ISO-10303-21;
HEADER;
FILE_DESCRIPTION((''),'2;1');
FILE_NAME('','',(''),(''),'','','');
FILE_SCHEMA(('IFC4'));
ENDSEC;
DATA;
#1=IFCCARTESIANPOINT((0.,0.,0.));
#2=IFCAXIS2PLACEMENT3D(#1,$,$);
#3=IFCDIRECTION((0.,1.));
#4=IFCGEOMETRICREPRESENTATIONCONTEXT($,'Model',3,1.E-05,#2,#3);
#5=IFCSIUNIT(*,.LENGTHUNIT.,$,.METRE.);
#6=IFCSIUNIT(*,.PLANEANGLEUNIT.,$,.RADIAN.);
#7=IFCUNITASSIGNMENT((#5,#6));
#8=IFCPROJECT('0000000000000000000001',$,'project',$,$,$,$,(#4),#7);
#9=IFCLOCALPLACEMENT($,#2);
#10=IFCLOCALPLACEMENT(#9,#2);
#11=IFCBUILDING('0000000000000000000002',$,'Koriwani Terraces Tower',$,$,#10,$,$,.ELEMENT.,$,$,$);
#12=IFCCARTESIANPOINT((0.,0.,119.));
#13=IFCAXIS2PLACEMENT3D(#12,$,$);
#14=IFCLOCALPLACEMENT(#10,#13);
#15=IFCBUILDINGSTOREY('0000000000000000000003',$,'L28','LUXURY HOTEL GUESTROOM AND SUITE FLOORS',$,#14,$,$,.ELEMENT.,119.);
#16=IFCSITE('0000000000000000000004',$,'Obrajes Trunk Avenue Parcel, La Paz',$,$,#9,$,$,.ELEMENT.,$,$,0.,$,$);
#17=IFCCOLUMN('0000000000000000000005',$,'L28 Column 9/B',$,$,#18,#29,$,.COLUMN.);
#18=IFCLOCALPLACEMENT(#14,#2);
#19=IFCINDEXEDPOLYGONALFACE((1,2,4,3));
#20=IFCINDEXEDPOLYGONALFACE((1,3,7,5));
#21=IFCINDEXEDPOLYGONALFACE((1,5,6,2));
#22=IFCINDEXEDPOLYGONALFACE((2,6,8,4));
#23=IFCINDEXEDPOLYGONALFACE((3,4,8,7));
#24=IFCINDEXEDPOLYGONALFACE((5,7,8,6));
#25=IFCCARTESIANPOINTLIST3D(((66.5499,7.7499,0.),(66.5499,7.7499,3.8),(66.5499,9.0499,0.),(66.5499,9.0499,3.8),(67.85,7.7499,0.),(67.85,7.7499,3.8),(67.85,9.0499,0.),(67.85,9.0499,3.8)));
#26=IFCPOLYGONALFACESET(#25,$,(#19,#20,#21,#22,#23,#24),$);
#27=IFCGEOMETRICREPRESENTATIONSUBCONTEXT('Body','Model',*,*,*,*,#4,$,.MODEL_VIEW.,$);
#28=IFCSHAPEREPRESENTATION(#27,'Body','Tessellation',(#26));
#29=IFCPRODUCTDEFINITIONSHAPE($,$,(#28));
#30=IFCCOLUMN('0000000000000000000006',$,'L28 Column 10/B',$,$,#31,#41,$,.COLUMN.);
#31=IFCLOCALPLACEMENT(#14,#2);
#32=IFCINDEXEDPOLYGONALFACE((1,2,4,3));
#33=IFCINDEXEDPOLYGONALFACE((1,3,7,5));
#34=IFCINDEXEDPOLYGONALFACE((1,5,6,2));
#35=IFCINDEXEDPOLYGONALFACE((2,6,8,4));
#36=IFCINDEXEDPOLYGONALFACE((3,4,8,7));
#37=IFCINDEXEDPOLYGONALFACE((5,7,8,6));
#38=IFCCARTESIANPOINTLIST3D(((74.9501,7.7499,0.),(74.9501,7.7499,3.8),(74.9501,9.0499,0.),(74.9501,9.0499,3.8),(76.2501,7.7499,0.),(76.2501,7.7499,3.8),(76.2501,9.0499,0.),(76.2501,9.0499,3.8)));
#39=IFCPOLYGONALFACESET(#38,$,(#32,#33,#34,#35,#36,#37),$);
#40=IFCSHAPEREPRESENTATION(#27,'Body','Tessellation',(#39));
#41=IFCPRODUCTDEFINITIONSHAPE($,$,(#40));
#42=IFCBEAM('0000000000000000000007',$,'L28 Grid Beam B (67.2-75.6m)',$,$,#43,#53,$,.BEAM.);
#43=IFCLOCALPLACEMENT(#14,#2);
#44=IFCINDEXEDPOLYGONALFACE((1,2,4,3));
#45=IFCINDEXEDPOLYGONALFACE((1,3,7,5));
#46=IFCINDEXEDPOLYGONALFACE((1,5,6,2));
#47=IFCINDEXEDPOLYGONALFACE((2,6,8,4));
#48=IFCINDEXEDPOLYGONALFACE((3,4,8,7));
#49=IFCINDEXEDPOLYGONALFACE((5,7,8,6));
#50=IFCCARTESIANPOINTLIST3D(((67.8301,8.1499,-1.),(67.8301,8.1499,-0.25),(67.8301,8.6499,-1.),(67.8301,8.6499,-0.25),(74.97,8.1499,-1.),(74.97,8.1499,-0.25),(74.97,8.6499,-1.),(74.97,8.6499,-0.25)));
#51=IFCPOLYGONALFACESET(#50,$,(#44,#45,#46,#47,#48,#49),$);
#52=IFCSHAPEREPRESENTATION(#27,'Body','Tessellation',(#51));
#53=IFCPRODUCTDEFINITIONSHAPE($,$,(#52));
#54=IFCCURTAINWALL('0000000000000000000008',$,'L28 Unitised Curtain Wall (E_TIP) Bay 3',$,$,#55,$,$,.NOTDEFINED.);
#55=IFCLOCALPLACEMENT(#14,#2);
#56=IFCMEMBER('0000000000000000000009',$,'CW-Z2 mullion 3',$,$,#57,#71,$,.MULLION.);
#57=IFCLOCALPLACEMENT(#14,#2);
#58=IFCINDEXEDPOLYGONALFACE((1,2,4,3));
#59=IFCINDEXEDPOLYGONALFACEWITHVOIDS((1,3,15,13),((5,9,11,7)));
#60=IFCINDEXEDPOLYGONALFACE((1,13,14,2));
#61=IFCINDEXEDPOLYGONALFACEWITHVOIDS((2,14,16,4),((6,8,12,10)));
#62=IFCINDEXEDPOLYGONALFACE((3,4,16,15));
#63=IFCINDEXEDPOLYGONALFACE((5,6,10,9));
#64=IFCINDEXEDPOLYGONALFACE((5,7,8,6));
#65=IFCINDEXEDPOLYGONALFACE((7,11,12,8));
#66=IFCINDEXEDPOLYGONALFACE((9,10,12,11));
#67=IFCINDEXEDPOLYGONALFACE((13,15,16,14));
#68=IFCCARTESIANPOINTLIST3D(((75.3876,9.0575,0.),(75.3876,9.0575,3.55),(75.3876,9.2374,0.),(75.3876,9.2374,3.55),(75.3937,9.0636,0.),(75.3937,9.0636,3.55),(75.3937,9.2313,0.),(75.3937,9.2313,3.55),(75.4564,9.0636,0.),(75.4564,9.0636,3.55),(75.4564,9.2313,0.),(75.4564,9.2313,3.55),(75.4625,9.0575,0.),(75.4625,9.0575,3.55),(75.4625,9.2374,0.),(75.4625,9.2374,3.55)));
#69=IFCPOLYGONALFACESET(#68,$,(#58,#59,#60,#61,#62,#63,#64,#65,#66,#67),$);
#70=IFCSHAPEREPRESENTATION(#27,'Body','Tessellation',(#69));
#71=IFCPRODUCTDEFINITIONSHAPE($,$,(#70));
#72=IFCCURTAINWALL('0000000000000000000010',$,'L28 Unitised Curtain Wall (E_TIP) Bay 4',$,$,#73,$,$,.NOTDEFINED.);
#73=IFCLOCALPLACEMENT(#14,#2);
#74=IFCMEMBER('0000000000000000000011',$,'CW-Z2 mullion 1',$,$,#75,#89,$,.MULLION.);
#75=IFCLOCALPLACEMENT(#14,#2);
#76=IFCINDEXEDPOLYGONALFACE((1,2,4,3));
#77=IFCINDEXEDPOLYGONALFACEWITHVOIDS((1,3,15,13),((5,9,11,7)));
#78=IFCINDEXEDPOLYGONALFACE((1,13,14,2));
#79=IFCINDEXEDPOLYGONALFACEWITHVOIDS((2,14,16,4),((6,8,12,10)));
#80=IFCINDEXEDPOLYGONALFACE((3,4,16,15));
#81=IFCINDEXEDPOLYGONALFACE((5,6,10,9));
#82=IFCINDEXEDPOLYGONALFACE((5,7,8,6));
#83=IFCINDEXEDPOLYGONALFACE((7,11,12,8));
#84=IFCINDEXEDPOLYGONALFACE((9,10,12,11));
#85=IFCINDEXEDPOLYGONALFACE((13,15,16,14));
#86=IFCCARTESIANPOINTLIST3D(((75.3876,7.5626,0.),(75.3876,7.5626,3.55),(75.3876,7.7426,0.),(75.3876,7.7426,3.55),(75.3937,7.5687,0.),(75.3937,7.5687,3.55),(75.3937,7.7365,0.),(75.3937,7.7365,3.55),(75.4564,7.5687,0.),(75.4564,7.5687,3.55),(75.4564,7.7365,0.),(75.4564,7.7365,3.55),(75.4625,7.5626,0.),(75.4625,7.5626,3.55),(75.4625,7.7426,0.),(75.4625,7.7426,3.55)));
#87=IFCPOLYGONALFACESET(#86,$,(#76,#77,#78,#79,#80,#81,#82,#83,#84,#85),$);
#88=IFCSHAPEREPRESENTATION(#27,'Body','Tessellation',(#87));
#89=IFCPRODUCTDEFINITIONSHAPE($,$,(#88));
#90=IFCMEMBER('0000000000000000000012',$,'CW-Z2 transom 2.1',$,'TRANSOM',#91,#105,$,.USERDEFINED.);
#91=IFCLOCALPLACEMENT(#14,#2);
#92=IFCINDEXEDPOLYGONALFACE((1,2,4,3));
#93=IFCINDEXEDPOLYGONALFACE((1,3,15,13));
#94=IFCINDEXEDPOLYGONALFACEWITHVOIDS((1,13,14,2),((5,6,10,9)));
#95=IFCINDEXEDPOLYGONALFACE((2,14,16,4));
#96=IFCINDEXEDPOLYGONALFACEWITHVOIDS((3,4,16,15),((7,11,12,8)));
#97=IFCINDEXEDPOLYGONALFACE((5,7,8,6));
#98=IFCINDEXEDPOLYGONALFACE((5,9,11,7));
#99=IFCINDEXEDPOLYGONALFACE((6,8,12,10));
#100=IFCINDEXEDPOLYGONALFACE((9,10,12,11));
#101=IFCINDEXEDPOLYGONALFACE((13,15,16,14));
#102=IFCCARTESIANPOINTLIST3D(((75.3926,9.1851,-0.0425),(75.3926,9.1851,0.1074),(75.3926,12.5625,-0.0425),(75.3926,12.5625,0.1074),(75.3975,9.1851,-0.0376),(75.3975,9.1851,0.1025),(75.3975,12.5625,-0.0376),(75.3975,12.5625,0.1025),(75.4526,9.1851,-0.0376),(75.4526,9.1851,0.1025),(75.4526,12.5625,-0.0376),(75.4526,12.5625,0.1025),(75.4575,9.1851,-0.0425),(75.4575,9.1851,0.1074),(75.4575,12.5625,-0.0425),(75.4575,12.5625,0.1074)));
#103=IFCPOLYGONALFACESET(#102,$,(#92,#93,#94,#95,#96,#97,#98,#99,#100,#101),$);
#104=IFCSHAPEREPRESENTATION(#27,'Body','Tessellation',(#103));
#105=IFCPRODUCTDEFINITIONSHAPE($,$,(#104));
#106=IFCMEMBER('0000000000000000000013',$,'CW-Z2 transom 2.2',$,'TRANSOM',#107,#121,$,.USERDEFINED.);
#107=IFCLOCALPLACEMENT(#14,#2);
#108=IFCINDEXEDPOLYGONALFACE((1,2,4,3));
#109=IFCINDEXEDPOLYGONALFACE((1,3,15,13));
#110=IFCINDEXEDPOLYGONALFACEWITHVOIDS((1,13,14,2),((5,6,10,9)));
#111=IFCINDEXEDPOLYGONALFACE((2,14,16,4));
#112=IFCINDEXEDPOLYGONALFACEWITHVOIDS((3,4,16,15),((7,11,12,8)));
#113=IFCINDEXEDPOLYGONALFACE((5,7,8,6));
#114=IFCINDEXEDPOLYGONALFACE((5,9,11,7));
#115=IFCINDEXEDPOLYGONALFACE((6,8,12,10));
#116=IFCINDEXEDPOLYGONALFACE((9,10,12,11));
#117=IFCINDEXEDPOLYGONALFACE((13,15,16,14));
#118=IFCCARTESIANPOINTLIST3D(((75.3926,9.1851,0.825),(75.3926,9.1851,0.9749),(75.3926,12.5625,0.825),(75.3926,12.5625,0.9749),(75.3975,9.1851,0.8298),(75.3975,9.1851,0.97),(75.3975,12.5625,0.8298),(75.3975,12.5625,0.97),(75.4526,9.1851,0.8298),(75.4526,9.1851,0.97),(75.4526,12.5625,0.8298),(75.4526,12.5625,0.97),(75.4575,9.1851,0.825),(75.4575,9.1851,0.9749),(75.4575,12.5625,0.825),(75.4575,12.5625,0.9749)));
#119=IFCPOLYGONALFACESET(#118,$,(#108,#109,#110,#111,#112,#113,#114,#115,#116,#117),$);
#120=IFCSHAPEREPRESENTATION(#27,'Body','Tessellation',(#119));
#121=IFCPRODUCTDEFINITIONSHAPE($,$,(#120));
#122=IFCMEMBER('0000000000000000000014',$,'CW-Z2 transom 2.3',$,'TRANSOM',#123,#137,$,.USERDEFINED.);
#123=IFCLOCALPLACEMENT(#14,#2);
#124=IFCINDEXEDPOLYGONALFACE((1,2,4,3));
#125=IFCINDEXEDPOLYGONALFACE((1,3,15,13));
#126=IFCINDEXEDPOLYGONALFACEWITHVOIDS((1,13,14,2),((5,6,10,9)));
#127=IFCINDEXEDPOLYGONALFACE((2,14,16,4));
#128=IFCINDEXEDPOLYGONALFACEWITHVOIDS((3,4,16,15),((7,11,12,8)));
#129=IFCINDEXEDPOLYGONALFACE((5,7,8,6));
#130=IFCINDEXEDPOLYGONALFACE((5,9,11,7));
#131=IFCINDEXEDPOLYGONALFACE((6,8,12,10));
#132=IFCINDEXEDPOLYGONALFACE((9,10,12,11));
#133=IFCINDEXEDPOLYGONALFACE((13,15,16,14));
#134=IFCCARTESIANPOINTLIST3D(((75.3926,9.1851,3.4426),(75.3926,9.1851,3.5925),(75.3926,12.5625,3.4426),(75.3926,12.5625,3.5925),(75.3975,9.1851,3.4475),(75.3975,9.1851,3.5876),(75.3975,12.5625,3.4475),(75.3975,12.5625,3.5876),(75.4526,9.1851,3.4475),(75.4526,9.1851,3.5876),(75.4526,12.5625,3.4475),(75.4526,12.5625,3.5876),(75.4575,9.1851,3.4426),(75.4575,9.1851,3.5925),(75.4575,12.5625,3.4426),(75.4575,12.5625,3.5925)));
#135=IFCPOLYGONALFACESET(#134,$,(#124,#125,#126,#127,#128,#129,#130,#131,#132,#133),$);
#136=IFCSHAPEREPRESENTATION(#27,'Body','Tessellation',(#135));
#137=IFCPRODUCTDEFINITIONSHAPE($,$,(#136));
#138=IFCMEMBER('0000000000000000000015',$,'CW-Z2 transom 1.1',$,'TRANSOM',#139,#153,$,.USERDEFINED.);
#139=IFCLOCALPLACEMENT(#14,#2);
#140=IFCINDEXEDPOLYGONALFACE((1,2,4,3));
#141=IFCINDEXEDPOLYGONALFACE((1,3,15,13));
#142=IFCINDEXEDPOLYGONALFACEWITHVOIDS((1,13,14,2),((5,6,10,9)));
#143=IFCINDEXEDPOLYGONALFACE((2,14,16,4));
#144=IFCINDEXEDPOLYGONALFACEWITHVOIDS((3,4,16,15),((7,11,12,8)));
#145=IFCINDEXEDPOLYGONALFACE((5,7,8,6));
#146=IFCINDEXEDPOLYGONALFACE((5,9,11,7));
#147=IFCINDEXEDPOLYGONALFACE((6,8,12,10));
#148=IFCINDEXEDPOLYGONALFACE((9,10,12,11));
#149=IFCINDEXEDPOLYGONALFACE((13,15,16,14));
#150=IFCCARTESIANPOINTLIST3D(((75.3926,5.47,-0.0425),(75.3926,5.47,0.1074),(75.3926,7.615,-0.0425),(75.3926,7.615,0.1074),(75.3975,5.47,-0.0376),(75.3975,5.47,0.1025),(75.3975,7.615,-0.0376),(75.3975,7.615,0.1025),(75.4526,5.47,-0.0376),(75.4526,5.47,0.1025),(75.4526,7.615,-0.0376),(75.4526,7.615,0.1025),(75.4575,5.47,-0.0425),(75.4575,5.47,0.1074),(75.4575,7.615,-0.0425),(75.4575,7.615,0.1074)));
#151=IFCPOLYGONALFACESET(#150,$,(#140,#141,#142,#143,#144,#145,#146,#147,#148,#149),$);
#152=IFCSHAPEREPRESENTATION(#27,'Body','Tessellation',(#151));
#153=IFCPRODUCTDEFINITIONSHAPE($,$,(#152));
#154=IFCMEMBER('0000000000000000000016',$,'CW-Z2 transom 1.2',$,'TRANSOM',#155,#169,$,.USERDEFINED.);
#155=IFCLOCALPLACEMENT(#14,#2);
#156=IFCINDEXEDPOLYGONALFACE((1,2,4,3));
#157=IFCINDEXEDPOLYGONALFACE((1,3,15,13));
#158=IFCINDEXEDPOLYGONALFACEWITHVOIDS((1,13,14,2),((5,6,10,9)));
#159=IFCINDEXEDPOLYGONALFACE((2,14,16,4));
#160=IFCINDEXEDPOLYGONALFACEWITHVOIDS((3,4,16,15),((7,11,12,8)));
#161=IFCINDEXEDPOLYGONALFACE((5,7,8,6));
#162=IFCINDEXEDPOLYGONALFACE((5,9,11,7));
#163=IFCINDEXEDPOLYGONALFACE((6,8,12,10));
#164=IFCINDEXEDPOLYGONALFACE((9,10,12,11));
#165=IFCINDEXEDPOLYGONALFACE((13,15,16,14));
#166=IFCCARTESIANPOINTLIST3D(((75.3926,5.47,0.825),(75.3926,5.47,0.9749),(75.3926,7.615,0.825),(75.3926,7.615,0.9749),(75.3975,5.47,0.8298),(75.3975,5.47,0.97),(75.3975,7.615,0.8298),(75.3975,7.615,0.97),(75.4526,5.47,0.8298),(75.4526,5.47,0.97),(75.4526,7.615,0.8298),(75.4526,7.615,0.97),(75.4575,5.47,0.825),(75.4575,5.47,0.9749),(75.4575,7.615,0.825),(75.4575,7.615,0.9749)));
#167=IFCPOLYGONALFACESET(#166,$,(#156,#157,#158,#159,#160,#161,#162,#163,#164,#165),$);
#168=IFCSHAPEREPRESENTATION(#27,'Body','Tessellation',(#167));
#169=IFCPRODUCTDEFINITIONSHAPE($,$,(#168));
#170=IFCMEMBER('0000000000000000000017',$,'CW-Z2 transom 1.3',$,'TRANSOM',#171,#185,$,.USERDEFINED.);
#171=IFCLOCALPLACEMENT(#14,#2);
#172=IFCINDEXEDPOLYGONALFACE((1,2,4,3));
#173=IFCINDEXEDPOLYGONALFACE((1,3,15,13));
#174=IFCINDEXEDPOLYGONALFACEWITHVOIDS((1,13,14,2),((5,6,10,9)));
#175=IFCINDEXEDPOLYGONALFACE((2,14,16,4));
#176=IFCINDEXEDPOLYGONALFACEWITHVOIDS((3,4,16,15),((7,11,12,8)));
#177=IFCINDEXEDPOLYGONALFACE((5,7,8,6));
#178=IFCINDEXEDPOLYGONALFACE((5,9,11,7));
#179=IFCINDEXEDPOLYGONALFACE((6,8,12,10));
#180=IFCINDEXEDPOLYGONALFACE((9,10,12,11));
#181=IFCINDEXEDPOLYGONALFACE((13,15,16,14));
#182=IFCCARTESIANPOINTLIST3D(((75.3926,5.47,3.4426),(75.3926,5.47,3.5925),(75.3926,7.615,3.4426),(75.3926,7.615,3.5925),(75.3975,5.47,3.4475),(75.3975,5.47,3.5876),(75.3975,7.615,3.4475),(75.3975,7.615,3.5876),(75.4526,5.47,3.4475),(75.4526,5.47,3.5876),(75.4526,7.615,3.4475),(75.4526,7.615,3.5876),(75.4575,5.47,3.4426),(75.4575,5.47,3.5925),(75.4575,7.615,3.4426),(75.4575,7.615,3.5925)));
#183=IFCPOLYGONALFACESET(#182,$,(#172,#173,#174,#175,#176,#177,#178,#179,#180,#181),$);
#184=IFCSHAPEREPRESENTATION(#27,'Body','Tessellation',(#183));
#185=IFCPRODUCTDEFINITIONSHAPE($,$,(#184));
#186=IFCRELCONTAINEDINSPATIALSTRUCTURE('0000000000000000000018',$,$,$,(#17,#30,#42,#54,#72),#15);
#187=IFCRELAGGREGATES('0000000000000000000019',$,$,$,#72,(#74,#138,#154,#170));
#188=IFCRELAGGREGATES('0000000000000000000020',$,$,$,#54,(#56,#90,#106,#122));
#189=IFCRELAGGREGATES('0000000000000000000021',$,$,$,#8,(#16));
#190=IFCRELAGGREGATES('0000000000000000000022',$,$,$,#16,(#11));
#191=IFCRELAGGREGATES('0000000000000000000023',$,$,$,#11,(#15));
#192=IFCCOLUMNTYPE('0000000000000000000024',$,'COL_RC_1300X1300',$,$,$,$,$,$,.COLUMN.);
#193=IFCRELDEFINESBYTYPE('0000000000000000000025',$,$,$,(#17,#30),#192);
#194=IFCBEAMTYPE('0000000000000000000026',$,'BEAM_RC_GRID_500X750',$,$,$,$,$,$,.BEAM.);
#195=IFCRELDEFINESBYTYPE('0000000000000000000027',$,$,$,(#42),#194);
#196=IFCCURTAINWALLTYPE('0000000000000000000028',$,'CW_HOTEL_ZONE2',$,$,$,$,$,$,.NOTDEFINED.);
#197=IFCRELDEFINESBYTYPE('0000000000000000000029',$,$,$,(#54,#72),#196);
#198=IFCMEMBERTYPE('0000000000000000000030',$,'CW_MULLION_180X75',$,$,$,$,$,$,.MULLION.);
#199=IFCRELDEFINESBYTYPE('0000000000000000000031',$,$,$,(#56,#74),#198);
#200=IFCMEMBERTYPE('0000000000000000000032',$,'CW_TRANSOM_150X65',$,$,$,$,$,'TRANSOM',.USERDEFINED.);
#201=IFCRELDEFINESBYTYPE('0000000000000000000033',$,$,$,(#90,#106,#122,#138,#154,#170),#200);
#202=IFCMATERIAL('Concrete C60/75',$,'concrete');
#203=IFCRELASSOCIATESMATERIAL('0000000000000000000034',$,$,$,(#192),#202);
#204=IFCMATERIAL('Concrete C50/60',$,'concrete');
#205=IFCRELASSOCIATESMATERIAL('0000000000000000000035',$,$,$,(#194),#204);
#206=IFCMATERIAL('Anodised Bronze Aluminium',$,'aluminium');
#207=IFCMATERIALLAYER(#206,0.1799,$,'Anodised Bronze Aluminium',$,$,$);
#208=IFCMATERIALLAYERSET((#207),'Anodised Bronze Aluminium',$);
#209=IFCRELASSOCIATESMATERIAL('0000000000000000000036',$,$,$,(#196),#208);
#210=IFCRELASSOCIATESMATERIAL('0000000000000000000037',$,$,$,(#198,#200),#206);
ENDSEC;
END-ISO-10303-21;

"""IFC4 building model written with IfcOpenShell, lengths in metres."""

from ifc_helpers import new_model, si_unit, direction, frame, origin, origin_2d, place, context, subcontext, project, spatial, rectangle, hollow_rectangle, extrude, material, layer, layer_set, material_profile, profile_set, type_object, element, aggregate, save


model = new_model("IFC4")

# Units and contexts
model_context = context("Model", 3, precision=1e-05, world=origin(), true_north=direction((0.0, 1.0)))
body_context = subcontext(model_context, "Body", "Model", "MODEL_VIEW")
ifc_project = project(units=[si_unit("LENGTHUNIT", "METRE"), si_unit("PLANEANGLEUNIT", "RADIAN")], contexts=[model_context])

# Site, building, storey
site_placement = place(None, origin())
site = spatial("IfcSite", under=ifc_project, at=site_placement, Name="Obrajes Trunk Avenue Parcel, La Paz", CompositionType="ELEMENT", RefElevation=0.0)
building_placement = place(site_placement, origin())
building = spatial("IfcBuilding", under=site, at=building_placement, Name="Koriwani Terraces Tower", CompositionType="ELEMENT")
storey_placement = place(building_placement, frame((0.0, 0.0, 119.0)))
storey = spatial("IfcBuildingStorey", under=building, at=storey_placement, Name="L28", Description="LUXURY HOTEL GUESTROOM AND SUITE FLOORS", CompositionType="ELEMENT", Elevation=119.0)

# Columns
ifc_material_1 = material(Name="Concrete C60/75", Category="concrete")
ifc_material_profile_1 = material_profile(ifc_material_1, rectangle(XDim=1.3, YDim=1.3, at=origin_2d()), Name="Concrete C60/75", Category="LoadBearing")
ifc_profile_set_1 = profile_set([ifc_material_profile_1], Name="Concrete C60/75")
column_type = type_object("IfcColumnType", Name="COL_RC_1300X1300", PredefinedType="COLUMN", material=ifc_profile_set_1)
for number, where, z_axis, x_axis, name in (
    (1, (67.2, 8.3999, 0.0), (0.0, 0.0, 1.0), (1.0, 0.0, 0.0), "L28 Column 9/B"),
    (2, (75.6001, 8.3999, 0.0), (0.0, 0.0, 1.0), (1.0, 0.0, 0.0), "L28 Column 10/B"),
):
    element("IfcColumn", number, at=place(storey_placement, frame(where, z_axis=z_axis, x_axis=x_axis)), inside=storey, type_object=column_type, Name=name, PredefinedType="COLUMN", context=body_context, shape_type="SweptSolid", body=[
        extrude(rectangle(XDim=1.3, YDim=1.3, at=origin_2d()), origin(), (0.0, 0.0, 1.0), 3.8),
    ])

# Beam
ifc_material_2 = material(Name="Concrete C50/60", Category="concrete")
ifc_material_profile_2 = material_profile(ifc_material_2, rectangle(XDim=0.5, YDim=0.75, at=origin_2d()), Name="Concrete C50/60", Category="LoadBearing")
ifc_profile_set_2 = profile_set([ifc_material_profile_2], Name="Concrete C50/60")
beam_type_1 = type_object("IfcBeamType", Name="BEAM_RC_GRID_500X750", PredefinedType="BEAM", material=ifc_profile_set_2)
beam_1_placement = place(storey_placement, frame((67.8301, 8.3999, -0.625), z_axis=(1.0, 0.0, 0.0), x_axis=(0.0, 1.0, 0.0)))
element("IfcBeam", 3, at=beam_1_placement, inside=storey, type_object=beam_type_1, Name="L28 Grid Beam B (67.2-75.6m)", PredefinedType="BEAM", context=body_context, shape_type="SweptSolid", body=[
    extrude(rectangle(XDim=0.5, YDim=0.75, at=origin_2d()), origin(), (0.0, 0.0, 1.0), 7.1399),
])

# Curtain walls, members
ifc_material_3 = material(Name="Anodised Bronze Aluminium", Category="aluminium")
ifc_layer_1 = layer(ifc_material_3, 0.1799, Name="Anodised Bronze Aluminium")
ifc_layer_set_1 = layer_set([ifc_layer_1], Name="Anodised Bronze Aluminium")
curtain_wall_type = type_object("IfcCurtainWallType", Name="CW_HOTEL_ZONE2", PredefinedType="NOTDEFINED", material=ifc_layer_set_1)
curtain_wall_1_placement = place(storey_placement, origin())
curtain_wall_1 = element("IfcCurtainWall", 4, at=curtain_wall_1_placement, inside=storey, type_object=curtain_wall_type, Name="L28 Unitised Curtain Wall (E_TIP) Bay 3", PredefinedType="NOTDEFINED")
ifc_material_profile_3 = material_profile(ifc_material_3, hollow_rectangle(XDim=0.075, YDim=0.1799, WallThickness=0.0061, at=origin_2d()), Name="Anodised Bronze Aluminium", Category="LoadBearing")
ifc_profile_set_3 = profile_set([ifc_material_profile_3], Name="Anodised Bronze Aluminium")
member_type_1 = type_object("IfcMemberType", Name="CW_MULLION_180X75", PredefinedType="MULLION", material=ifc_profile_set_3)
member_1_placement = place(storey_placement, frame((75.425, 9.1475, 0.0), z_axis=(0.0, 0.0, 1.0), x_axis=(1.0, 0.0, 0.0)))
member_1 = element("IfcMember", 5, at=member_1_placement, type_object=member_type_1, Name="CW-Z2 mullion 3", PredefinedType="MULLION", context=body_context, shape_type="SweptSolid", body=[
    extrude(hollow_rectangle(XDim=0.075, YDim=0.1799, WallThickness=0.0061, at=origin_2d()), origin(), (0.0, 0.0, 1.0), 3.55),
])
curtain_wall_2_placement = place(storey_placement, origin())
curtain_wall_2 = element("IfcCurtainWall", 6, at=curtain_wall_2_placement, inside=storey, type_object=curtain_wall_type, Name="L28 Unitised Curtain Wall (E_TIP) Bay 4", PredefinedType="NOTDEFINED")
member_2_placement = place(storey_placement, frame((75.425, 7.6526, 0.0), z_axis=(0.0, 0.0, 1.0), x_axis=(1.0, 0.0, 0.0)))
member_2 = element("IfcMember", 7, at=member_2_placement, type_object=member_type_1, Name="CW-Z2 mullion 1", PredefinedType="MULLION", context=body_context, shape_type="SweptSolid", body=[
    extrude(hollow_rectangle(XDim=0.075, YDim=0.1799, WallThickness=0.0061, at=origin_2d()), origin(), (0.0, 0.0, 1.0), 3.55),
])

# Members
ifc_material_profile_4 = material_profile(ifc_material_3, hollow_rectangle(XDim=0.0649, YDim=0.1499, WallThickness=0.0049, at=origin_2d()), Name="Anodised Bronze Aluminium", Category="LoadBearing")
ifc_profile_set_4 = profile_set([ifc_material_profile_4], Name="Anodised Bronze Aluminium")
member_type_2 = type_object("IfcMemberType", Name="CW_TRANSOM_150X65", ElementType="TRANSOM", PredefinedType="USERDEFINED", material=ifc_profile_set_4)
member_3_placement = place(storey_placement, frame((75.425, 12.5625, 0.0325), z_axis=(0.0, -1.0, 0.0), x_axis=(1.0, 0.0, 0.0)))
member_3 = element("IfcMember", 8, at=member_3_placement, type_object=member_type_2, Name="CW-Z2 transom 2.1", ObjectType="TRANSOM", PredefinedType="USERDEFINED", context=body_context, shape_type="SweptSolid", body=[
    extrude(hollow_rectangle(XDim=0.0649, YDim=0.1499, WallThickness=0.0049, at=origin_2d()), origin(), (0.0, 0.0, 1.0), 3.3774),
])
member_4_placement = place(storey_placement, frame((75.425, 12.5625, 0.8999), z_axis=(0.0, -1.0, 0.0), x_axis=(1.0, 0.0, 0.0)))
member_4 = element("IfcMember", 9, at=member_4_placement, type_object=member_type_2, Name="CW-Z2 transom 2.2", ObjectType="TRANSOM", PredefinedType="USERDEFINED", context=body_context, shape_type="SweptSolid", body=[
    extrude(hollow_rectangle(XDim=0.0649, YDim=0.1499, WallThickness=0.0049, at=origin_2d()), origin(), (0.0, 0.0, 1.0), 3.3774),
])
member_5_placement = place(storey_placement, frame((75.425, 12.5625, 3.5176), z_axis=(0.0, -1.0, 0.0), x_axis=(1.0, 0.0, 0.0)))
member_5 = element("IfcMember", 10, at=member_5_placement, type_object=member_type_2, Name="CW-Z2 transom 2.3", ObjectType="TRANSOM", PredefinedType="USERDEFINED", context=body_context, shape_type="SweptSolid", body=[
    extrude(hollow_rectangle(XDim=0.0649, YDim=0.1499, WallThickness=0.0049, at=origin_2d()), origin(), (0.0, 0.0, 1.0), 3.3774),
])
member_6_placement = place(storey_placement, frame((75.425, 7.615, 0.0325), z_axis=(0.0, -1.0, 0.0), x_axis=(1.0, 0.0, 0.0)))
member_6 = element("IfcMember", 11, at=member_6_placement, type_object=member_type_2, Name="CW-Z2 transom 1.1", ObjectType="TRANSOM", PredefinedType="USERDEFINED", context=body_context, shape_type="SweptSolid", body=[
    extrude(hollow_rectangle(XDim=0.0649, YDim=0.1499, WallThickness=0.0049, at=origin_2d()), origin(), (0.0, 0.0, 1.0), 2.145),
])
member_7_placement = place(storey_placement, frame((75.425, 7.615, 0.8999), z_axis=(0.0, -1.0, 0.0), x_axis=(1.0, 0.0, 0.0)))
member_7 = element("IfcMember", 12, at=member_7_placement, type_object=member_type_2, Name="CW-Z2 transom 1.2", ObjectType="TRANSOM", PredefinedType="USERDEFINED", context=body_context, shape_type="SweptSolid", body=[
    extrude(hollow_rectangle(XDim=0.0649, YDim=0.1499, WallThickness=0.0049, at=origin_2d()), origin(), (0.0, 0.0, 1.0), 2.145),
])
member_8_placement = place(storey_placement, frame((75.425, 7.615, 3.5176), z_axis=(0.0, -1.0, 0.0), x_axis=(1.0, 0.0, 0.0)))
member_8 = element("IfcMember", 13, at=member_8_placement, type_object=member_type_2, Name="CW-Z2 transom 1.3", ObjectType="TRANSOM", PredefinedType="USERDEFINED", context=body_context, shape_type="SweptSolid", body=[
    extrude(hollow_rectangle(XDim=0.0649, YDim=0.1499, WallThickness=0.0049, at=origin_2d()), origin(), (0.0, 0.0, 1.0), 2.145),
])
aggregate(curtain_wall_2, [member_2, member_6, member_7, member_8])

aggregate(curtain_wall_1, [member_1, member_3, member_4, member_5])

save(model, "model.ifc")
